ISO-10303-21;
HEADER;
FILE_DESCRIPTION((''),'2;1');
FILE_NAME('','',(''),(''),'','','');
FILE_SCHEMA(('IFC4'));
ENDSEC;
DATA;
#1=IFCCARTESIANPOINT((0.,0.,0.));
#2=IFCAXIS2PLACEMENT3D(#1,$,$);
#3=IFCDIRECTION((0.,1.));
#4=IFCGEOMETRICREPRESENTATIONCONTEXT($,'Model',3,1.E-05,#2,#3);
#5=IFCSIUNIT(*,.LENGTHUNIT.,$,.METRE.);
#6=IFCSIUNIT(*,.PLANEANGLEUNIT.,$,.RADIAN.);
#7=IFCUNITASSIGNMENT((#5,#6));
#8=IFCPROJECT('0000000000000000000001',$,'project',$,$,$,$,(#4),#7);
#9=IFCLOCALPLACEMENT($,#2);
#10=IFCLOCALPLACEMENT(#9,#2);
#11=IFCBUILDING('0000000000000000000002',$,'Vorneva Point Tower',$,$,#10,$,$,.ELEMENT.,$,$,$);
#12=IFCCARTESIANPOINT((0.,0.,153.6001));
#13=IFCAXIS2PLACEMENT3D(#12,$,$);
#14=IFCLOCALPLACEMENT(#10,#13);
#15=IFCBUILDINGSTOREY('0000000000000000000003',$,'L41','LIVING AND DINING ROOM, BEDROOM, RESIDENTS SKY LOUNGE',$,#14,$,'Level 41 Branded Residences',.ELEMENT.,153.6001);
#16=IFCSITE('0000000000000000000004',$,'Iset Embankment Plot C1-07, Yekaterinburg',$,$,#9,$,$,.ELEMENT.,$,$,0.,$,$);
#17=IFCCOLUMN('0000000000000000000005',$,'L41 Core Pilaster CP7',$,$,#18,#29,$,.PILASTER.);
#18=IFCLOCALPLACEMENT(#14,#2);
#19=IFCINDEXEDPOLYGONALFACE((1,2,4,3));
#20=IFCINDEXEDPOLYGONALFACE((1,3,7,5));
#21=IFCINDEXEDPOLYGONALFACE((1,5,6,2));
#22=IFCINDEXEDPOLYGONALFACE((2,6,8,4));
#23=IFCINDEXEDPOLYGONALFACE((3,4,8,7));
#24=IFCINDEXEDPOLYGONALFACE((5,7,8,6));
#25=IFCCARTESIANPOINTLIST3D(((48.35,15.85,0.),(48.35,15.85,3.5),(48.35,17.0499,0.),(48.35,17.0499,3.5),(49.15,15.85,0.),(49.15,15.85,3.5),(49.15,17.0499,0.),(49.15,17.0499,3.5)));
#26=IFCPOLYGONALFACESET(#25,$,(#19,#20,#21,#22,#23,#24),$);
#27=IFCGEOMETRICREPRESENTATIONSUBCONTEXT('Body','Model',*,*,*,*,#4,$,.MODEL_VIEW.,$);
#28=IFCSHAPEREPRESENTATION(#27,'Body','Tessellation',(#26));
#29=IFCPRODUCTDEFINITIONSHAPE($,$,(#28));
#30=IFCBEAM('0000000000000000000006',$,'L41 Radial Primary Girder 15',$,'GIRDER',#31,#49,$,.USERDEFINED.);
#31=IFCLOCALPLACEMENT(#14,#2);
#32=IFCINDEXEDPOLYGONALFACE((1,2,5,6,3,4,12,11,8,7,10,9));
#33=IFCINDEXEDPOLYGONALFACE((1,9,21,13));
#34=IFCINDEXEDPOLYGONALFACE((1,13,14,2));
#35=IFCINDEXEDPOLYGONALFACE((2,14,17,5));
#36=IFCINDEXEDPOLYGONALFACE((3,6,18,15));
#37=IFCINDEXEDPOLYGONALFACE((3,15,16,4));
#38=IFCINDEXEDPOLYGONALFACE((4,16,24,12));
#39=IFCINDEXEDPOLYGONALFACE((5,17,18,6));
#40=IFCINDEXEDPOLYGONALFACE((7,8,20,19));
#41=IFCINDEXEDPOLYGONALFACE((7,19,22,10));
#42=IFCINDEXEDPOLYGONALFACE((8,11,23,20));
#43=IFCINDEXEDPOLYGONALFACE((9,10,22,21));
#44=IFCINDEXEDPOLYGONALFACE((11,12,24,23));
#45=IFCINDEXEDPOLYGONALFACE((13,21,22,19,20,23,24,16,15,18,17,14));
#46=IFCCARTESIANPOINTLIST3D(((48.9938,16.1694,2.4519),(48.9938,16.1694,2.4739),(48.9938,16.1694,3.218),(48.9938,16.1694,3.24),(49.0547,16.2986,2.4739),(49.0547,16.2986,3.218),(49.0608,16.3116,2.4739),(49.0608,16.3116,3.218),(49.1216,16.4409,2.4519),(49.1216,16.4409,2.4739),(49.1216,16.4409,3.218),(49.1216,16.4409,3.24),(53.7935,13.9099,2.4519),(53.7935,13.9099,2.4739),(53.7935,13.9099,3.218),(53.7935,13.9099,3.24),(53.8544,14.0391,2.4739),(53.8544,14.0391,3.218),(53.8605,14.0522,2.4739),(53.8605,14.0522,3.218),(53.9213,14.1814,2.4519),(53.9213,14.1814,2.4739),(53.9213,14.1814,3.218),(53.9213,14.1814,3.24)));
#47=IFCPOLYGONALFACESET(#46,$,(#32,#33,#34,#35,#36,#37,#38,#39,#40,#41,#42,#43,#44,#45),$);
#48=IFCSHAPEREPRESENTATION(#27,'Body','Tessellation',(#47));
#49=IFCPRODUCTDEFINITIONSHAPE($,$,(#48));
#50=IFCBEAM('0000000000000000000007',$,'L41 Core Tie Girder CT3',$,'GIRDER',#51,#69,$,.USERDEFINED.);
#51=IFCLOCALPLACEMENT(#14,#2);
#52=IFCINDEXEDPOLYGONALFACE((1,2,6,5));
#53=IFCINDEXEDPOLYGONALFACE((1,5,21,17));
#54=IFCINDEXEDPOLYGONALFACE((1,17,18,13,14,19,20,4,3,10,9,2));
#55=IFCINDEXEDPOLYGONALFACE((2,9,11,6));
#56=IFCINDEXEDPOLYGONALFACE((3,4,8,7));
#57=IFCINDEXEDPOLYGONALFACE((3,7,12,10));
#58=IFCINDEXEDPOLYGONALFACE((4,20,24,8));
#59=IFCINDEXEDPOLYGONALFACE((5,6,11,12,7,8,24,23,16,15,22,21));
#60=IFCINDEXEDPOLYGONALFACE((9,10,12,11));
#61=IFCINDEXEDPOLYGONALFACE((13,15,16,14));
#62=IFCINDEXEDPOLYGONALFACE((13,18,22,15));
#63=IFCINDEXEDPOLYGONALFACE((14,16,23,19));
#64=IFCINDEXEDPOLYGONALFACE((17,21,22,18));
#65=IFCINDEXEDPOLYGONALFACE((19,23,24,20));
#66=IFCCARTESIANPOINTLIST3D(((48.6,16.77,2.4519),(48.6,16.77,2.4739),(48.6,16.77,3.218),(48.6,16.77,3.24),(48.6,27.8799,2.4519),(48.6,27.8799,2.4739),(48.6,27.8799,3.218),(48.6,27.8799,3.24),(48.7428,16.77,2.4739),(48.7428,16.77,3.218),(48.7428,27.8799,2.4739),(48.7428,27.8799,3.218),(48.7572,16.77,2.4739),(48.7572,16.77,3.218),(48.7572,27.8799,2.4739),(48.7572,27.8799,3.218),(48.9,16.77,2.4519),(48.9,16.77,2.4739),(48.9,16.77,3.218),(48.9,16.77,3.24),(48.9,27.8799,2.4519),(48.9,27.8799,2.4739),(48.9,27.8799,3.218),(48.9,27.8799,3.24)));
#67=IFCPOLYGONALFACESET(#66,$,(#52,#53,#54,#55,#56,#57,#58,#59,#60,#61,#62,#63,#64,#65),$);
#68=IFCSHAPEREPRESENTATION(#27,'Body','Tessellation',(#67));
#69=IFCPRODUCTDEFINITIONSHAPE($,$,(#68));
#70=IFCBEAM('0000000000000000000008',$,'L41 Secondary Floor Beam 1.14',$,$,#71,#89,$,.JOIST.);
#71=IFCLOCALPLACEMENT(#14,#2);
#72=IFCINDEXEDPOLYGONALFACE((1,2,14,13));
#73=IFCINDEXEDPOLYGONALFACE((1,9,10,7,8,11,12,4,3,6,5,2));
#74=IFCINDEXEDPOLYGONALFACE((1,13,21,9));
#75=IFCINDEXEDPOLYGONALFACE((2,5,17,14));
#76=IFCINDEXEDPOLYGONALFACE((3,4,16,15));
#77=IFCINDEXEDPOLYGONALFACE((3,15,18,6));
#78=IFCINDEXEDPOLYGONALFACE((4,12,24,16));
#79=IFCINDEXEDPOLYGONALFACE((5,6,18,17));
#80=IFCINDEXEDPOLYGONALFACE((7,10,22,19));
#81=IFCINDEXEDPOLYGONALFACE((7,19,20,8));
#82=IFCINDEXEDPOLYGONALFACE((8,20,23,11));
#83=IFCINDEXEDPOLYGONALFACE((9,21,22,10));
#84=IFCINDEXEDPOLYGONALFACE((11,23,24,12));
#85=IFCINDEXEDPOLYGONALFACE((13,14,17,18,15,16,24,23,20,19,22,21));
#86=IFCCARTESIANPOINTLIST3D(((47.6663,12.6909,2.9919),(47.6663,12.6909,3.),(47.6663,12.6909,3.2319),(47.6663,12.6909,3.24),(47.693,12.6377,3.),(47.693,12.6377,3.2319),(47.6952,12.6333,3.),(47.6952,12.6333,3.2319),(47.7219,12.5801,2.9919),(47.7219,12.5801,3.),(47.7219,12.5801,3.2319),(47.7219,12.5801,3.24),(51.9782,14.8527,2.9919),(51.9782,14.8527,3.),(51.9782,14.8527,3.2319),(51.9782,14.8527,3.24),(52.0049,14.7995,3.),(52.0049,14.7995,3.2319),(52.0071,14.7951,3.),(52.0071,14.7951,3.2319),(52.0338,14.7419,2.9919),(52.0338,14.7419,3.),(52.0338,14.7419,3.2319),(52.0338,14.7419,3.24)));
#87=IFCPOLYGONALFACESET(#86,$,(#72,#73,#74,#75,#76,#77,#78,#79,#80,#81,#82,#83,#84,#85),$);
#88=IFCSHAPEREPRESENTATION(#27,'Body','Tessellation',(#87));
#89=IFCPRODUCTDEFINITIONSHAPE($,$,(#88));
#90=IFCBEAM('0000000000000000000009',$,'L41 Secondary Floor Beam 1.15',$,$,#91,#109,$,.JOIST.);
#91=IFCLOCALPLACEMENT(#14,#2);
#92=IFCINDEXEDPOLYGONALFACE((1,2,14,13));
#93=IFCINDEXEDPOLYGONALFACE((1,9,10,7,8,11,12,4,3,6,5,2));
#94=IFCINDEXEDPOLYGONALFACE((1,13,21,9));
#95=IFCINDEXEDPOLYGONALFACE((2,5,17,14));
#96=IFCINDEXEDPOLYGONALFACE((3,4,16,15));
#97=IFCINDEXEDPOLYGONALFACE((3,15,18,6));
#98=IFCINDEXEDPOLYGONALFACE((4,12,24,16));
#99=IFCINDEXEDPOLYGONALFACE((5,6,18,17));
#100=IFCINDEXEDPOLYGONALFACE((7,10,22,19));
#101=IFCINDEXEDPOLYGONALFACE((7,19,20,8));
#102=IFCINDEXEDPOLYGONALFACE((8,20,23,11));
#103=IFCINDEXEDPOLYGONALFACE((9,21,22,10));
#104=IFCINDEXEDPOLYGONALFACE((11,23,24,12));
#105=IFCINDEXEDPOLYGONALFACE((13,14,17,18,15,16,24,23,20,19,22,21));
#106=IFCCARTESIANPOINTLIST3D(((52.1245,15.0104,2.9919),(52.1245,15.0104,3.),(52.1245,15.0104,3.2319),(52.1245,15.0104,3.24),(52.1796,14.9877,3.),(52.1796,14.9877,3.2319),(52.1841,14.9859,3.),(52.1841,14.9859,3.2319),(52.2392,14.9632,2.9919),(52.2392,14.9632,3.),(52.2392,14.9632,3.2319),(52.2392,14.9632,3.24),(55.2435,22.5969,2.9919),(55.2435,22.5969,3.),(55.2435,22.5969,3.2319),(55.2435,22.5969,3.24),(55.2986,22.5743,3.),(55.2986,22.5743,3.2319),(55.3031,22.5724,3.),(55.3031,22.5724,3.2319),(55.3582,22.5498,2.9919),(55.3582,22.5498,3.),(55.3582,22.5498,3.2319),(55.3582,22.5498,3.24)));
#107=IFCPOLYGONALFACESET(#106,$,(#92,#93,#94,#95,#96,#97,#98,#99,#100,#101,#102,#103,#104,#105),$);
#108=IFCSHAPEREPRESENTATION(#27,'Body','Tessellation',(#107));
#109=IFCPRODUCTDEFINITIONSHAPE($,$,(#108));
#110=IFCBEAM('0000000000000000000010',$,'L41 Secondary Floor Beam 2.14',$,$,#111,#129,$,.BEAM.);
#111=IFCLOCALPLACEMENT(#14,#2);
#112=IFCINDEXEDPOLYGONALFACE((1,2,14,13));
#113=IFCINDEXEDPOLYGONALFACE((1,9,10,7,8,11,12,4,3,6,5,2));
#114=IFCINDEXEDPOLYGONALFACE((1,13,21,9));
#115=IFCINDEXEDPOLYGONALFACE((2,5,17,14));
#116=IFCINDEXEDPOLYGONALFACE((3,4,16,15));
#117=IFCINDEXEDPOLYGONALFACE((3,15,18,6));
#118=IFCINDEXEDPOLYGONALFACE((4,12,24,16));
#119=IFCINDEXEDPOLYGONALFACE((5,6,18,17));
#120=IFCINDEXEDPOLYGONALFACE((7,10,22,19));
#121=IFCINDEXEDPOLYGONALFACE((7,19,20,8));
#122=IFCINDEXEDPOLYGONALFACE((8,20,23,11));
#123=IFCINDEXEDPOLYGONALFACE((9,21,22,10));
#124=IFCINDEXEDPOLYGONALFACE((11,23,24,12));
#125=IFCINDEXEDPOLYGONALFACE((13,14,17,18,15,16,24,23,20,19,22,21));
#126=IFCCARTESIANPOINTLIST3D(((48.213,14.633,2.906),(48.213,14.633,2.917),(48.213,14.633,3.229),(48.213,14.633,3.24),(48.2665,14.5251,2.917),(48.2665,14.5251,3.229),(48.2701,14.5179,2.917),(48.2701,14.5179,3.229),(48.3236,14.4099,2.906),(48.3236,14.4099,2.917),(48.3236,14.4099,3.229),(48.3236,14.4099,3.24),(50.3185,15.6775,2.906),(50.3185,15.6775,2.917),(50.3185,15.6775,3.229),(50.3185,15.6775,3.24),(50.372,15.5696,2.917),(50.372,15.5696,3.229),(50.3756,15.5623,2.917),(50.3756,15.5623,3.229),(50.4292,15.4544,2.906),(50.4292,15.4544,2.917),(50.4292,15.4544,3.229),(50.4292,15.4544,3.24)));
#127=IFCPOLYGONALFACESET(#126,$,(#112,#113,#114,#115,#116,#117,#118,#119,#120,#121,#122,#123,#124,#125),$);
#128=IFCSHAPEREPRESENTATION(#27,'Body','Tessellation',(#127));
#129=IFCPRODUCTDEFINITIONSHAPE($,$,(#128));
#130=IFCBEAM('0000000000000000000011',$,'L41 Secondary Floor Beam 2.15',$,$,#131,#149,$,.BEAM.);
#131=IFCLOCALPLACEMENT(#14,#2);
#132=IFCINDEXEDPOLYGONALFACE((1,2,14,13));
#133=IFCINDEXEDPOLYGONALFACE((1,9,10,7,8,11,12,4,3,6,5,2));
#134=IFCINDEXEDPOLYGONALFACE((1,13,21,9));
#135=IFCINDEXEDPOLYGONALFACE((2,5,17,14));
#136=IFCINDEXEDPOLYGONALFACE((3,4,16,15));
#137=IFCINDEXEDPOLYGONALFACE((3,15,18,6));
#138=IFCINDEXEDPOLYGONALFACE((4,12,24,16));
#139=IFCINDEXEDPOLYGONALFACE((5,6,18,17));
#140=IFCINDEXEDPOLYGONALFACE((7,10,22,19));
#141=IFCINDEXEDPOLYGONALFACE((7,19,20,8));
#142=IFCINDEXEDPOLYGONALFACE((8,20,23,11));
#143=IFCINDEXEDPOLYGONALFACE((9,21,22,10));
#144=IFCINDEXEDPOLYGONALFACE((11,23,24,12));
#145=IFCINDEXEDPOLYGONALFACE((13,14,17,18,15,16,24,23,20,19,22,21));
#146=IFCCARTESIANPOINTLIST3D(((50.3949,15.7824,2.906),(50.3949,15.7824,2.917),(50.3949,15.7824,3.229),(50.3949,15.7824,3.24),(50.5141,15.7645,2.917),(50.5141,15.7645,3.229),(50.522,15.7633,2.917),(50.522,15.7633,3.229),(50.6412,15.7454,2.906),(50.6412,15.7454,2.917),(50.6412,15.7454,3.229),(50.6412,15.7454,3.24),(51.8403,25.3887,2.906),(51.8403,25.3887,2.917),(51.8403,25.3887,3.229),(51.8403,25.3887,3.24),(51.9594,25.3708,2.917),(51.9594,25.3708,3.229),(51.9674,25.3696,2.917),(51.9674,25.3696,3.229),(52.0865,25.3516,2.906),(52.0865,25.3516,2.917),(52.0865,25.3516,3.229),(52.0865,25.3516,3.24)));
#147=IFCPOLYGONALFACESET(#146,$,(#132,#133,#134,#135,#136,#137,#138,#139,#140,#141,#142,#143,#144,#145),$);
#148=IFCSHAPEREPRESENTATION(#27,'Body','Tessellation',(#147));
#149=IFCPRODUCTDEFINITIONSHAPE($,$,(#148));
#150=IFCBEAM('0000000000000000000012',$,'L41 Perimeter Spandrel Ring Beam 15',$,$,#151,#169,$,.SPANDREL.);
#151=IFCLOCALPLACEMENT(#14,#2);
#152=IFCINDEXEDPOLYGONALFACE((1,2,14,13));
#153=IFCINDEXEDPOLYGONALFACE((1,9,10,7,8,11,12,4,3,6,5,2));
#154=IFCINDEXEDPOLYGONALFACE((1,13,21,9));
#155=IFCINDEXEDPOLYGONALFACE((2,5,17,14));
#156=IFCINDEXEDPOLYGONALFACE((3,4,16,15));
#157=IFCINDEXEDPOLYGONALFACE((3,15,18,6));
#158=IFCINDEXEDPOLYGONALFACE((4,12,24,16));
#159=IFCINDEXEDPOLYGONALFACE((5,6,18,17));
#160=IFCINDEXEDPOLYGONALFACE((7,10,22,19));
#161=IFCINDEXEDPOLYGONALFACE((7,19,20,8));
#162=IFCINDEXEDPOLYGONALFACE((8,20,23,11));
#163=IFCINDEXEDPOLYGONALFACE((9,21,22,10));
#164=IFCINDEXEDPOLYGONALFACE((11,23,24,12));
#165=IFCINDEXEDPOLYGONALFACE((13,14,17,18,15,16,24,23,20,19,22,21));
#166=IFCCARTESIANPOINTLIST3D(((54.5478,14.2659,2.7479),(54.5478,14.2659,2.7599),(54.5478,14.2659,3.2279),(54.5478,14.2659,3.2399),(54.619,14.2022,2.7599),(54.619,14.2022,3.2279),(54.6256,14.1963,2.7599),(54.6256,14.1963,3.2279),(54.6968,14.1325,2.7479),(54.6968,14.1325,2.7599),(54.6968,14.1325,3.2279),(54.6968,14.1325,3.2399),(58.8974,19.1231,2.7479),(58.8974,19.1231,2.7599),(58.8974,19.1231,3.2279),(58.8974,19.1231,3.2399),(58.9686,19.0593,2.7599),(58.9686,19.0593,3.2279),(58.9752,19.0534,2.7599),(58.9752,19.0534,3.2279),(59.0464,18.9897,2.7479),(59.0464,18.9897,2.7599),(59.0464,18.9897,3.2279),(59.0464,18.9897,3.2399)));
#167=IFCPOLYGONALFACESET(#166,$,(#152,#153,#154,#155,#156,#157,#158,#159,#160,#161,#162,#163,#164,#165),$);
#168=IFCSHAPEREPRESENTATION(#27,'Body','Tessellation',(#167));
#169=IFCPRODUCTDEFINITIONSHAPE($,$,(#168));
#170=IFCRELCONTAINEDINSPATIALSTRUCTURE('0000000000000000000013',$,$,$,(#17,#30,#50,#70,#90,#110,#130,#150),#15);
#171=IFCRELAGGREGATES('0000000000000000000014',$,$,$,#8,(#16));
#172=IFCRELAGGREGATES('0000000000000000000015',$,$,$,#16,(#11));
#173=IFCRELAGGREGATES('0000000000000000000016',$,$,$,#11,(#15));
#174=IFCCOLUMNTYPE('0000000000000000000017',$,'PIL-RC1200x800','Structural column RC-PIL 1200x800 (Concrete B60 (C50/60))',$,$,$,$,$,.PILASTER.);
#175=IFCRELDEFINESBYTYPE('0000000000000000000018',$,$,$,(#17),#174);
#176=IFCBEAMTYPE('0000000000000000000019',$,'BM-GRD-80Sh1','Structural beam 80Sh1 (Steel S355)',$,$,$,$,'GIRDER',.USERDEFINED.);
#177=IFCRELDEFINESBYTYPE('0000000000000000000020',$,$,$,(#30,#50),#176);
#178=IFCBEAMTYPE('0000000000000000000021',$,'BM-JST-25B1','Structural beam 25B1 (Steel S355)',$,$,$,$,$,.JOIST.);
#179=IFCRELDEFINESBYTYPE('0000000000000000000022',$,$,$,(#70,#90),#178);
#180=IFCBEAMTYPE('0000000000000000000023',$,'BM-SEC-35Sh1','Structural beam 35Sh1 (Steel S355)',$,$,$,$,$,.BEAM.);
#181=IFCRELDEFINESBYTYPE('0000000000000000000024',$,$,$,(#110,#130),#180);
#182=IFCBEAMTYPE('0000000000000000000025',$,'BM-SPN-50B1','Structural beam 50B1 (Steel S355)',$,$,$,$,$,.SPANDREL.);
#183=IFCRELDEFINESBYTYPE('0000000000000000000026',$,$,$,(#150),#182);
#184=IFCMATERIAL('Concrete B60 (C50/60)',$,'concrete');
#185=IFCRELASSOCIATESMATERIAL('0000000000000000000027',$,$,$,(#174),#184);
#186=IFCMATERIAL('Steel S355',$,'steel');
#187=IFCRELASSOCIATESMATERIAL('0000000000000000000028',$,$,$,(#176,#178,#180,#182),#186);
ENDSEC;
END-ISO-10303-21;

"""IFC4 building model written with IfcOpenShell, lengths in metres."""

from ifc_helpers import new_model, si_unit, direction, frame, origin, origin_2d, place, context, subcontext, project, spatial, rectangle, i_section, extrude, material, material_profile, profile_set, type_object, element, save


model = new_model("IFC4")

# Units and contexts
model_context = context("Model", 3, precision=1e-05, world=origin(), true_north=direction((0.0, 1.0)))
body_context = subcontext(model_context, "Body", "Model", "MODEL_VIEW")
ifc_project = project(units=[si_unit("LENGTHUNIT", "METRE"), si_unit("PLANEANGLEUNIT", "RADIAN")], contexts=[model_context])

# Site, building, storey
site_placement = place(None, origin())
site = spatial("IfcSite", under=ifc_project, at=site_placement, Name="Iset Embankment Plot C1-07, Yekaterinburg", CompositionType="ELEMENT", RefElevation=0.0)
building_placement = place(site_placement, origin())
building = spatial("IfcBuilding", under=site, at=building_placement, Name="Vorneva Point Tower", CompositionType="ELEMENT")
storey_placement = place(building_placement, frame((0.0, 0.0, 153.6001)))
storey = spatial("IfcBuildingStorey", under=building, at=storey_placement, Name="L41", Description="LIVING AND DINING ROOM, BEDROOM, RESIDENTS SKY LOUNGE", LongName="Level 41 Branded Residences", CompositionType="ELEMENT", Elevation=153.6001)

# Column
ifc_material_1 = material(Name="Concrete B60 (C50/60)", Category="concrete")
ifc_material_profile_1 = material_profile(ifc_material_1, rectangle(XDim=0.8, YDim=1.2, at=origin_2d()), Name="RC-PIL 1200x800")
ifc_profile_set_1 = profile_set([ifc_material_profile_1], Name="Concrete B60 (C50/60)")
column_type_1 = type_object("IfcColumnType", Name="PIL-RC1200x800", Description="Structural column RC-PIL 1200x800 (Concrete B60 (C50/60))", PredefinedType="PILASTER", material=ifc_profile_set_1)
column_1_placement = place(storey_placement, frame((48.75, 16.45, 0.0), z_axis=(0.0, 0.0, 1.0), x_axis=(1.0, 0.0, 0.0)))
element("IfcColumn", 1, at=column_1_placement, inside=storey, type_object=column_type_1, Name="L41 Core Pilaster CP7", PredefinedType="PILASTER", context=body_context, shape_type="SweptSolid", body=[
    extrude(rectangle(XDim=0.8, YDim=1.2, at=origin_2d()), origin(), (0.0, 0.0, 1.0), 3.5),
])

# Beams
ifc_material_2 = material(Name="Steel S355", Category="steel")
ifc_material_profile_2 = material_profile(ifc_material_2, i_section(OverallWidth=0.3, OverallDepth=0.7881, WebThickness=0.0144, FlangeThickness=0.022, at=origin_2d()), Name="80Sh1")
ifc_profile_set_2 = profile_set([ifc_material_profile_2], Name="Steel S355")
beam_type_1 = type_object("IfcBeamType", Name="BM-GRD-80Sh1", Description="Structural beam 80Sh1 (Steel S355)", ElementType="GIRDER", PredefinedType="USERDEFINED", material=ifc_profile_set_2)
beam_1_placement = place(storey_placement, frame((53.8574, 14.0457, 2.8459), z_axis=(-0.904761, 0.425919, 0.0), x_axis=(-0.425919, -0.904761, 0.0)))
element("IfcBeam", 2, at=beam_1_placement, inside=storey, type_object=beam_type_1, Name="L41 Radial Primary Girder 15", ObjectType="GIRDER", PredefinedType="USERDEFINED", context=body_context, shape_type="SweptSolid", body=[
    extrude(i_section(OverallWidth=0.3, OverallDepth=0.7881, WebThickness=0.0144, FlangeThickness=0.022, at=origin_2d()), origin(), (0.0, 0.0, 1.0), 5.3049),
])
beam_2_placement = place(storey_placement, frame((48.75, 16.77, 2.8459), z_axis=(0.0, 1.0, 0.0), x_axis=(-1.0, 0.0, 0.0)))
element("IfcBeam", 3, at=beam_2_placement, inside=storey, type_object=beam_type_1, Name="L41 Core Tie Girder CT3", ObjectType="GIRDER", PredefinedType="USERDEFINED", context=body_context, shape_type="SweptSolid", body=[
    extrude(i_section(OverallWidth=0.3, OverallDepth=0.7881, WebThickness=0.0144, FlangeThickness=0.022, at=origin_2d()), origin(), (0.0, 0.0, 1.0), 11.1099),
])
ifc_material_profile_3 = material_profile(ifc_material_2, i_section(OverallWidth=0.124, OverallDepth=0.248, WebThickness=0.0049, FlangeThickness=0.0081, at=origin_2d()), Name="25B1")
ifc_profile_set_3 = profile_set([ifc_material_profile_3], Name="Steel S355")
beam_type_2 = type_object("IfcBeamType", Name="BM-JST-25B1", Description="Structural beam 25B1 (Steel S355)", PredefinedType="JOIST", material=ifc_profile_set_3)
beam_3_placement = place(storey_placement, frame((47.6941, 12.6355, 3.116), z_axis=(0.893941, 0.448185, 0.0), x_axis=(-0.448185, 0.893941, 0.0)))
element("IfcBeam", 4, at=beam_3_placement, inside=storey, type_object=beam_type_2, Name="L41 Secondary Floor Beam 1.14", PredefinedType="JOIST", context=body_context, shape_type="SweptSolid", body=[
    extrude(i_section(OverallWidth=0.124, OverallDepth=0.248, WebThickness=0.0049, FlangeThickness=0.0081, at=origin_2d()), origin(), (0.0, 0.0, 1.0), 4.8235),
])
beam_4_placement = place(storey_placement, frame((52.1819, 14.9868, 3.116), z_axis=(0.380236, 0.924889, 0.0), x_axis=(-0.924889, 0.380236, 0.0)))
element("IfcBeam", 5, at=beam_4_placement, inside=storey, type_object=beam_type_2, Name="L41 Secondary Floor Beam 1.15", PredefinedType="JOIST", context=body_context, shape_type="SweptSolid", body=[
    extrude(i_section(OverallWidth=0.124, OverallDepth=0.248, WebThickness=0.0049, FlangeThickness=0.0081, at=origin_2d()), origin(), (0.0, 0.0, 1.0), 8.2026),
])
ifc_material_profile_4 = material_profile(ifc_material_2, i_section(OverallWidth=0.249, OverallDepth=0.334, WebThickness=0.0081, FlangeThickness=0.011, at=origin_2d()), Name="35Sh1")
ifc_profile_set_4 = profile_set([ifc_material_profile_4], Name="Steel S355")
beam_type_3 = type_object("IfcBeamType", Name="BM-SEC-35Sh1", Description="Structural beam 35Sh1 (Steel S355)", PredefinedType="BEAM", material=ifc_profile_set_4)
beam_5_placement = place(storey_placement, frame((48.2683, 14.5215, 3.073), z_axis=(0.895835, 0.444386, 0.0), x_axis=(-0.444386, 0.895835, 0.0)))
element("IfcBeam", 6, at=beam_5_placement, inside=storey, type_object=beam_type_3, Name="L41 Secondary Floor Beam 2.14", PredefinedType="BEAM", context=body_context, shape_type="SweptSolid", body=[
    extrude(i_section(OverallWidth=0.249, OverallDepth=0.334, WebThickness=0.0081, FlangeThickness=0.011, at=origin_2d()), origin(), (0.0, 0.0, 1.0), 2.3503),
])
beam_6_placement = place(storey_placement, frame((50.5181, 15.7639, 3.073), z_axis=(0.148782, 0.98887, 0.0), x_axis=(-0.98887, 0.148782, 0.0)))
element("IfcBeam", 7, at=beam_6_placement, inside=storey, type_object=beam_type_3, Name="L41 Secondary Floor Beam 2.15", PredefinedType="BEAM", context=body_context, shape_type="SweptSolid", body=[
    extrude(i_section(OverallWidth=0.249, OverallDepth=0.334, WebThickness=0.0081, FlangeThickness=0.011, at=origin_2d()), origin(), (0.0, 0.0, 1.0), 9.7144),
])
ifc_material_profile_5 = material_profile(ifc_material_2, i_section(OverallWidth=0.2, OverallDepth=0.4919, WebThickness=0.0088, FlangeThickness=0.012, at=origin_2d()), Name="50B1")
ifc_profile_set_5 = profile_set([ifc_material_profile_5], Name="Steel S355")
beam_type_4 = type_object("IfcBeamType", Name="BM-SPN-50B1", Description="Structural beam 50B1 (Steel S355)", PredefinedType="SPANDREL", material=ifc_profile_set_5)
beam_7_placement = place(storey_placement, frame((54.6223, 14.1992, 2.9939), z_axis=(0.667111, 0.744958, 0.0), x_axis=(-0.744958, 0.667111, 0.0)))
element("IfcBeam", 8, at=beam_7_placement, inside=storey, type_object=beam_type_4, Name="L41 Perimeter Spandrel Ring Beam 15", PredefinedType="SPANDREL", context=body_context, shape_type="SweptSolid", body=[
    extrude(i_section(OverallWidth=0.2, OverallDepth=0.4919, WebThickness=0.0088, FlangeThickness=0.012, at=origin_2d()), origin(), (0.0, 0.0, 1.0), 6.52),
])

save(model, "model.ifc")
